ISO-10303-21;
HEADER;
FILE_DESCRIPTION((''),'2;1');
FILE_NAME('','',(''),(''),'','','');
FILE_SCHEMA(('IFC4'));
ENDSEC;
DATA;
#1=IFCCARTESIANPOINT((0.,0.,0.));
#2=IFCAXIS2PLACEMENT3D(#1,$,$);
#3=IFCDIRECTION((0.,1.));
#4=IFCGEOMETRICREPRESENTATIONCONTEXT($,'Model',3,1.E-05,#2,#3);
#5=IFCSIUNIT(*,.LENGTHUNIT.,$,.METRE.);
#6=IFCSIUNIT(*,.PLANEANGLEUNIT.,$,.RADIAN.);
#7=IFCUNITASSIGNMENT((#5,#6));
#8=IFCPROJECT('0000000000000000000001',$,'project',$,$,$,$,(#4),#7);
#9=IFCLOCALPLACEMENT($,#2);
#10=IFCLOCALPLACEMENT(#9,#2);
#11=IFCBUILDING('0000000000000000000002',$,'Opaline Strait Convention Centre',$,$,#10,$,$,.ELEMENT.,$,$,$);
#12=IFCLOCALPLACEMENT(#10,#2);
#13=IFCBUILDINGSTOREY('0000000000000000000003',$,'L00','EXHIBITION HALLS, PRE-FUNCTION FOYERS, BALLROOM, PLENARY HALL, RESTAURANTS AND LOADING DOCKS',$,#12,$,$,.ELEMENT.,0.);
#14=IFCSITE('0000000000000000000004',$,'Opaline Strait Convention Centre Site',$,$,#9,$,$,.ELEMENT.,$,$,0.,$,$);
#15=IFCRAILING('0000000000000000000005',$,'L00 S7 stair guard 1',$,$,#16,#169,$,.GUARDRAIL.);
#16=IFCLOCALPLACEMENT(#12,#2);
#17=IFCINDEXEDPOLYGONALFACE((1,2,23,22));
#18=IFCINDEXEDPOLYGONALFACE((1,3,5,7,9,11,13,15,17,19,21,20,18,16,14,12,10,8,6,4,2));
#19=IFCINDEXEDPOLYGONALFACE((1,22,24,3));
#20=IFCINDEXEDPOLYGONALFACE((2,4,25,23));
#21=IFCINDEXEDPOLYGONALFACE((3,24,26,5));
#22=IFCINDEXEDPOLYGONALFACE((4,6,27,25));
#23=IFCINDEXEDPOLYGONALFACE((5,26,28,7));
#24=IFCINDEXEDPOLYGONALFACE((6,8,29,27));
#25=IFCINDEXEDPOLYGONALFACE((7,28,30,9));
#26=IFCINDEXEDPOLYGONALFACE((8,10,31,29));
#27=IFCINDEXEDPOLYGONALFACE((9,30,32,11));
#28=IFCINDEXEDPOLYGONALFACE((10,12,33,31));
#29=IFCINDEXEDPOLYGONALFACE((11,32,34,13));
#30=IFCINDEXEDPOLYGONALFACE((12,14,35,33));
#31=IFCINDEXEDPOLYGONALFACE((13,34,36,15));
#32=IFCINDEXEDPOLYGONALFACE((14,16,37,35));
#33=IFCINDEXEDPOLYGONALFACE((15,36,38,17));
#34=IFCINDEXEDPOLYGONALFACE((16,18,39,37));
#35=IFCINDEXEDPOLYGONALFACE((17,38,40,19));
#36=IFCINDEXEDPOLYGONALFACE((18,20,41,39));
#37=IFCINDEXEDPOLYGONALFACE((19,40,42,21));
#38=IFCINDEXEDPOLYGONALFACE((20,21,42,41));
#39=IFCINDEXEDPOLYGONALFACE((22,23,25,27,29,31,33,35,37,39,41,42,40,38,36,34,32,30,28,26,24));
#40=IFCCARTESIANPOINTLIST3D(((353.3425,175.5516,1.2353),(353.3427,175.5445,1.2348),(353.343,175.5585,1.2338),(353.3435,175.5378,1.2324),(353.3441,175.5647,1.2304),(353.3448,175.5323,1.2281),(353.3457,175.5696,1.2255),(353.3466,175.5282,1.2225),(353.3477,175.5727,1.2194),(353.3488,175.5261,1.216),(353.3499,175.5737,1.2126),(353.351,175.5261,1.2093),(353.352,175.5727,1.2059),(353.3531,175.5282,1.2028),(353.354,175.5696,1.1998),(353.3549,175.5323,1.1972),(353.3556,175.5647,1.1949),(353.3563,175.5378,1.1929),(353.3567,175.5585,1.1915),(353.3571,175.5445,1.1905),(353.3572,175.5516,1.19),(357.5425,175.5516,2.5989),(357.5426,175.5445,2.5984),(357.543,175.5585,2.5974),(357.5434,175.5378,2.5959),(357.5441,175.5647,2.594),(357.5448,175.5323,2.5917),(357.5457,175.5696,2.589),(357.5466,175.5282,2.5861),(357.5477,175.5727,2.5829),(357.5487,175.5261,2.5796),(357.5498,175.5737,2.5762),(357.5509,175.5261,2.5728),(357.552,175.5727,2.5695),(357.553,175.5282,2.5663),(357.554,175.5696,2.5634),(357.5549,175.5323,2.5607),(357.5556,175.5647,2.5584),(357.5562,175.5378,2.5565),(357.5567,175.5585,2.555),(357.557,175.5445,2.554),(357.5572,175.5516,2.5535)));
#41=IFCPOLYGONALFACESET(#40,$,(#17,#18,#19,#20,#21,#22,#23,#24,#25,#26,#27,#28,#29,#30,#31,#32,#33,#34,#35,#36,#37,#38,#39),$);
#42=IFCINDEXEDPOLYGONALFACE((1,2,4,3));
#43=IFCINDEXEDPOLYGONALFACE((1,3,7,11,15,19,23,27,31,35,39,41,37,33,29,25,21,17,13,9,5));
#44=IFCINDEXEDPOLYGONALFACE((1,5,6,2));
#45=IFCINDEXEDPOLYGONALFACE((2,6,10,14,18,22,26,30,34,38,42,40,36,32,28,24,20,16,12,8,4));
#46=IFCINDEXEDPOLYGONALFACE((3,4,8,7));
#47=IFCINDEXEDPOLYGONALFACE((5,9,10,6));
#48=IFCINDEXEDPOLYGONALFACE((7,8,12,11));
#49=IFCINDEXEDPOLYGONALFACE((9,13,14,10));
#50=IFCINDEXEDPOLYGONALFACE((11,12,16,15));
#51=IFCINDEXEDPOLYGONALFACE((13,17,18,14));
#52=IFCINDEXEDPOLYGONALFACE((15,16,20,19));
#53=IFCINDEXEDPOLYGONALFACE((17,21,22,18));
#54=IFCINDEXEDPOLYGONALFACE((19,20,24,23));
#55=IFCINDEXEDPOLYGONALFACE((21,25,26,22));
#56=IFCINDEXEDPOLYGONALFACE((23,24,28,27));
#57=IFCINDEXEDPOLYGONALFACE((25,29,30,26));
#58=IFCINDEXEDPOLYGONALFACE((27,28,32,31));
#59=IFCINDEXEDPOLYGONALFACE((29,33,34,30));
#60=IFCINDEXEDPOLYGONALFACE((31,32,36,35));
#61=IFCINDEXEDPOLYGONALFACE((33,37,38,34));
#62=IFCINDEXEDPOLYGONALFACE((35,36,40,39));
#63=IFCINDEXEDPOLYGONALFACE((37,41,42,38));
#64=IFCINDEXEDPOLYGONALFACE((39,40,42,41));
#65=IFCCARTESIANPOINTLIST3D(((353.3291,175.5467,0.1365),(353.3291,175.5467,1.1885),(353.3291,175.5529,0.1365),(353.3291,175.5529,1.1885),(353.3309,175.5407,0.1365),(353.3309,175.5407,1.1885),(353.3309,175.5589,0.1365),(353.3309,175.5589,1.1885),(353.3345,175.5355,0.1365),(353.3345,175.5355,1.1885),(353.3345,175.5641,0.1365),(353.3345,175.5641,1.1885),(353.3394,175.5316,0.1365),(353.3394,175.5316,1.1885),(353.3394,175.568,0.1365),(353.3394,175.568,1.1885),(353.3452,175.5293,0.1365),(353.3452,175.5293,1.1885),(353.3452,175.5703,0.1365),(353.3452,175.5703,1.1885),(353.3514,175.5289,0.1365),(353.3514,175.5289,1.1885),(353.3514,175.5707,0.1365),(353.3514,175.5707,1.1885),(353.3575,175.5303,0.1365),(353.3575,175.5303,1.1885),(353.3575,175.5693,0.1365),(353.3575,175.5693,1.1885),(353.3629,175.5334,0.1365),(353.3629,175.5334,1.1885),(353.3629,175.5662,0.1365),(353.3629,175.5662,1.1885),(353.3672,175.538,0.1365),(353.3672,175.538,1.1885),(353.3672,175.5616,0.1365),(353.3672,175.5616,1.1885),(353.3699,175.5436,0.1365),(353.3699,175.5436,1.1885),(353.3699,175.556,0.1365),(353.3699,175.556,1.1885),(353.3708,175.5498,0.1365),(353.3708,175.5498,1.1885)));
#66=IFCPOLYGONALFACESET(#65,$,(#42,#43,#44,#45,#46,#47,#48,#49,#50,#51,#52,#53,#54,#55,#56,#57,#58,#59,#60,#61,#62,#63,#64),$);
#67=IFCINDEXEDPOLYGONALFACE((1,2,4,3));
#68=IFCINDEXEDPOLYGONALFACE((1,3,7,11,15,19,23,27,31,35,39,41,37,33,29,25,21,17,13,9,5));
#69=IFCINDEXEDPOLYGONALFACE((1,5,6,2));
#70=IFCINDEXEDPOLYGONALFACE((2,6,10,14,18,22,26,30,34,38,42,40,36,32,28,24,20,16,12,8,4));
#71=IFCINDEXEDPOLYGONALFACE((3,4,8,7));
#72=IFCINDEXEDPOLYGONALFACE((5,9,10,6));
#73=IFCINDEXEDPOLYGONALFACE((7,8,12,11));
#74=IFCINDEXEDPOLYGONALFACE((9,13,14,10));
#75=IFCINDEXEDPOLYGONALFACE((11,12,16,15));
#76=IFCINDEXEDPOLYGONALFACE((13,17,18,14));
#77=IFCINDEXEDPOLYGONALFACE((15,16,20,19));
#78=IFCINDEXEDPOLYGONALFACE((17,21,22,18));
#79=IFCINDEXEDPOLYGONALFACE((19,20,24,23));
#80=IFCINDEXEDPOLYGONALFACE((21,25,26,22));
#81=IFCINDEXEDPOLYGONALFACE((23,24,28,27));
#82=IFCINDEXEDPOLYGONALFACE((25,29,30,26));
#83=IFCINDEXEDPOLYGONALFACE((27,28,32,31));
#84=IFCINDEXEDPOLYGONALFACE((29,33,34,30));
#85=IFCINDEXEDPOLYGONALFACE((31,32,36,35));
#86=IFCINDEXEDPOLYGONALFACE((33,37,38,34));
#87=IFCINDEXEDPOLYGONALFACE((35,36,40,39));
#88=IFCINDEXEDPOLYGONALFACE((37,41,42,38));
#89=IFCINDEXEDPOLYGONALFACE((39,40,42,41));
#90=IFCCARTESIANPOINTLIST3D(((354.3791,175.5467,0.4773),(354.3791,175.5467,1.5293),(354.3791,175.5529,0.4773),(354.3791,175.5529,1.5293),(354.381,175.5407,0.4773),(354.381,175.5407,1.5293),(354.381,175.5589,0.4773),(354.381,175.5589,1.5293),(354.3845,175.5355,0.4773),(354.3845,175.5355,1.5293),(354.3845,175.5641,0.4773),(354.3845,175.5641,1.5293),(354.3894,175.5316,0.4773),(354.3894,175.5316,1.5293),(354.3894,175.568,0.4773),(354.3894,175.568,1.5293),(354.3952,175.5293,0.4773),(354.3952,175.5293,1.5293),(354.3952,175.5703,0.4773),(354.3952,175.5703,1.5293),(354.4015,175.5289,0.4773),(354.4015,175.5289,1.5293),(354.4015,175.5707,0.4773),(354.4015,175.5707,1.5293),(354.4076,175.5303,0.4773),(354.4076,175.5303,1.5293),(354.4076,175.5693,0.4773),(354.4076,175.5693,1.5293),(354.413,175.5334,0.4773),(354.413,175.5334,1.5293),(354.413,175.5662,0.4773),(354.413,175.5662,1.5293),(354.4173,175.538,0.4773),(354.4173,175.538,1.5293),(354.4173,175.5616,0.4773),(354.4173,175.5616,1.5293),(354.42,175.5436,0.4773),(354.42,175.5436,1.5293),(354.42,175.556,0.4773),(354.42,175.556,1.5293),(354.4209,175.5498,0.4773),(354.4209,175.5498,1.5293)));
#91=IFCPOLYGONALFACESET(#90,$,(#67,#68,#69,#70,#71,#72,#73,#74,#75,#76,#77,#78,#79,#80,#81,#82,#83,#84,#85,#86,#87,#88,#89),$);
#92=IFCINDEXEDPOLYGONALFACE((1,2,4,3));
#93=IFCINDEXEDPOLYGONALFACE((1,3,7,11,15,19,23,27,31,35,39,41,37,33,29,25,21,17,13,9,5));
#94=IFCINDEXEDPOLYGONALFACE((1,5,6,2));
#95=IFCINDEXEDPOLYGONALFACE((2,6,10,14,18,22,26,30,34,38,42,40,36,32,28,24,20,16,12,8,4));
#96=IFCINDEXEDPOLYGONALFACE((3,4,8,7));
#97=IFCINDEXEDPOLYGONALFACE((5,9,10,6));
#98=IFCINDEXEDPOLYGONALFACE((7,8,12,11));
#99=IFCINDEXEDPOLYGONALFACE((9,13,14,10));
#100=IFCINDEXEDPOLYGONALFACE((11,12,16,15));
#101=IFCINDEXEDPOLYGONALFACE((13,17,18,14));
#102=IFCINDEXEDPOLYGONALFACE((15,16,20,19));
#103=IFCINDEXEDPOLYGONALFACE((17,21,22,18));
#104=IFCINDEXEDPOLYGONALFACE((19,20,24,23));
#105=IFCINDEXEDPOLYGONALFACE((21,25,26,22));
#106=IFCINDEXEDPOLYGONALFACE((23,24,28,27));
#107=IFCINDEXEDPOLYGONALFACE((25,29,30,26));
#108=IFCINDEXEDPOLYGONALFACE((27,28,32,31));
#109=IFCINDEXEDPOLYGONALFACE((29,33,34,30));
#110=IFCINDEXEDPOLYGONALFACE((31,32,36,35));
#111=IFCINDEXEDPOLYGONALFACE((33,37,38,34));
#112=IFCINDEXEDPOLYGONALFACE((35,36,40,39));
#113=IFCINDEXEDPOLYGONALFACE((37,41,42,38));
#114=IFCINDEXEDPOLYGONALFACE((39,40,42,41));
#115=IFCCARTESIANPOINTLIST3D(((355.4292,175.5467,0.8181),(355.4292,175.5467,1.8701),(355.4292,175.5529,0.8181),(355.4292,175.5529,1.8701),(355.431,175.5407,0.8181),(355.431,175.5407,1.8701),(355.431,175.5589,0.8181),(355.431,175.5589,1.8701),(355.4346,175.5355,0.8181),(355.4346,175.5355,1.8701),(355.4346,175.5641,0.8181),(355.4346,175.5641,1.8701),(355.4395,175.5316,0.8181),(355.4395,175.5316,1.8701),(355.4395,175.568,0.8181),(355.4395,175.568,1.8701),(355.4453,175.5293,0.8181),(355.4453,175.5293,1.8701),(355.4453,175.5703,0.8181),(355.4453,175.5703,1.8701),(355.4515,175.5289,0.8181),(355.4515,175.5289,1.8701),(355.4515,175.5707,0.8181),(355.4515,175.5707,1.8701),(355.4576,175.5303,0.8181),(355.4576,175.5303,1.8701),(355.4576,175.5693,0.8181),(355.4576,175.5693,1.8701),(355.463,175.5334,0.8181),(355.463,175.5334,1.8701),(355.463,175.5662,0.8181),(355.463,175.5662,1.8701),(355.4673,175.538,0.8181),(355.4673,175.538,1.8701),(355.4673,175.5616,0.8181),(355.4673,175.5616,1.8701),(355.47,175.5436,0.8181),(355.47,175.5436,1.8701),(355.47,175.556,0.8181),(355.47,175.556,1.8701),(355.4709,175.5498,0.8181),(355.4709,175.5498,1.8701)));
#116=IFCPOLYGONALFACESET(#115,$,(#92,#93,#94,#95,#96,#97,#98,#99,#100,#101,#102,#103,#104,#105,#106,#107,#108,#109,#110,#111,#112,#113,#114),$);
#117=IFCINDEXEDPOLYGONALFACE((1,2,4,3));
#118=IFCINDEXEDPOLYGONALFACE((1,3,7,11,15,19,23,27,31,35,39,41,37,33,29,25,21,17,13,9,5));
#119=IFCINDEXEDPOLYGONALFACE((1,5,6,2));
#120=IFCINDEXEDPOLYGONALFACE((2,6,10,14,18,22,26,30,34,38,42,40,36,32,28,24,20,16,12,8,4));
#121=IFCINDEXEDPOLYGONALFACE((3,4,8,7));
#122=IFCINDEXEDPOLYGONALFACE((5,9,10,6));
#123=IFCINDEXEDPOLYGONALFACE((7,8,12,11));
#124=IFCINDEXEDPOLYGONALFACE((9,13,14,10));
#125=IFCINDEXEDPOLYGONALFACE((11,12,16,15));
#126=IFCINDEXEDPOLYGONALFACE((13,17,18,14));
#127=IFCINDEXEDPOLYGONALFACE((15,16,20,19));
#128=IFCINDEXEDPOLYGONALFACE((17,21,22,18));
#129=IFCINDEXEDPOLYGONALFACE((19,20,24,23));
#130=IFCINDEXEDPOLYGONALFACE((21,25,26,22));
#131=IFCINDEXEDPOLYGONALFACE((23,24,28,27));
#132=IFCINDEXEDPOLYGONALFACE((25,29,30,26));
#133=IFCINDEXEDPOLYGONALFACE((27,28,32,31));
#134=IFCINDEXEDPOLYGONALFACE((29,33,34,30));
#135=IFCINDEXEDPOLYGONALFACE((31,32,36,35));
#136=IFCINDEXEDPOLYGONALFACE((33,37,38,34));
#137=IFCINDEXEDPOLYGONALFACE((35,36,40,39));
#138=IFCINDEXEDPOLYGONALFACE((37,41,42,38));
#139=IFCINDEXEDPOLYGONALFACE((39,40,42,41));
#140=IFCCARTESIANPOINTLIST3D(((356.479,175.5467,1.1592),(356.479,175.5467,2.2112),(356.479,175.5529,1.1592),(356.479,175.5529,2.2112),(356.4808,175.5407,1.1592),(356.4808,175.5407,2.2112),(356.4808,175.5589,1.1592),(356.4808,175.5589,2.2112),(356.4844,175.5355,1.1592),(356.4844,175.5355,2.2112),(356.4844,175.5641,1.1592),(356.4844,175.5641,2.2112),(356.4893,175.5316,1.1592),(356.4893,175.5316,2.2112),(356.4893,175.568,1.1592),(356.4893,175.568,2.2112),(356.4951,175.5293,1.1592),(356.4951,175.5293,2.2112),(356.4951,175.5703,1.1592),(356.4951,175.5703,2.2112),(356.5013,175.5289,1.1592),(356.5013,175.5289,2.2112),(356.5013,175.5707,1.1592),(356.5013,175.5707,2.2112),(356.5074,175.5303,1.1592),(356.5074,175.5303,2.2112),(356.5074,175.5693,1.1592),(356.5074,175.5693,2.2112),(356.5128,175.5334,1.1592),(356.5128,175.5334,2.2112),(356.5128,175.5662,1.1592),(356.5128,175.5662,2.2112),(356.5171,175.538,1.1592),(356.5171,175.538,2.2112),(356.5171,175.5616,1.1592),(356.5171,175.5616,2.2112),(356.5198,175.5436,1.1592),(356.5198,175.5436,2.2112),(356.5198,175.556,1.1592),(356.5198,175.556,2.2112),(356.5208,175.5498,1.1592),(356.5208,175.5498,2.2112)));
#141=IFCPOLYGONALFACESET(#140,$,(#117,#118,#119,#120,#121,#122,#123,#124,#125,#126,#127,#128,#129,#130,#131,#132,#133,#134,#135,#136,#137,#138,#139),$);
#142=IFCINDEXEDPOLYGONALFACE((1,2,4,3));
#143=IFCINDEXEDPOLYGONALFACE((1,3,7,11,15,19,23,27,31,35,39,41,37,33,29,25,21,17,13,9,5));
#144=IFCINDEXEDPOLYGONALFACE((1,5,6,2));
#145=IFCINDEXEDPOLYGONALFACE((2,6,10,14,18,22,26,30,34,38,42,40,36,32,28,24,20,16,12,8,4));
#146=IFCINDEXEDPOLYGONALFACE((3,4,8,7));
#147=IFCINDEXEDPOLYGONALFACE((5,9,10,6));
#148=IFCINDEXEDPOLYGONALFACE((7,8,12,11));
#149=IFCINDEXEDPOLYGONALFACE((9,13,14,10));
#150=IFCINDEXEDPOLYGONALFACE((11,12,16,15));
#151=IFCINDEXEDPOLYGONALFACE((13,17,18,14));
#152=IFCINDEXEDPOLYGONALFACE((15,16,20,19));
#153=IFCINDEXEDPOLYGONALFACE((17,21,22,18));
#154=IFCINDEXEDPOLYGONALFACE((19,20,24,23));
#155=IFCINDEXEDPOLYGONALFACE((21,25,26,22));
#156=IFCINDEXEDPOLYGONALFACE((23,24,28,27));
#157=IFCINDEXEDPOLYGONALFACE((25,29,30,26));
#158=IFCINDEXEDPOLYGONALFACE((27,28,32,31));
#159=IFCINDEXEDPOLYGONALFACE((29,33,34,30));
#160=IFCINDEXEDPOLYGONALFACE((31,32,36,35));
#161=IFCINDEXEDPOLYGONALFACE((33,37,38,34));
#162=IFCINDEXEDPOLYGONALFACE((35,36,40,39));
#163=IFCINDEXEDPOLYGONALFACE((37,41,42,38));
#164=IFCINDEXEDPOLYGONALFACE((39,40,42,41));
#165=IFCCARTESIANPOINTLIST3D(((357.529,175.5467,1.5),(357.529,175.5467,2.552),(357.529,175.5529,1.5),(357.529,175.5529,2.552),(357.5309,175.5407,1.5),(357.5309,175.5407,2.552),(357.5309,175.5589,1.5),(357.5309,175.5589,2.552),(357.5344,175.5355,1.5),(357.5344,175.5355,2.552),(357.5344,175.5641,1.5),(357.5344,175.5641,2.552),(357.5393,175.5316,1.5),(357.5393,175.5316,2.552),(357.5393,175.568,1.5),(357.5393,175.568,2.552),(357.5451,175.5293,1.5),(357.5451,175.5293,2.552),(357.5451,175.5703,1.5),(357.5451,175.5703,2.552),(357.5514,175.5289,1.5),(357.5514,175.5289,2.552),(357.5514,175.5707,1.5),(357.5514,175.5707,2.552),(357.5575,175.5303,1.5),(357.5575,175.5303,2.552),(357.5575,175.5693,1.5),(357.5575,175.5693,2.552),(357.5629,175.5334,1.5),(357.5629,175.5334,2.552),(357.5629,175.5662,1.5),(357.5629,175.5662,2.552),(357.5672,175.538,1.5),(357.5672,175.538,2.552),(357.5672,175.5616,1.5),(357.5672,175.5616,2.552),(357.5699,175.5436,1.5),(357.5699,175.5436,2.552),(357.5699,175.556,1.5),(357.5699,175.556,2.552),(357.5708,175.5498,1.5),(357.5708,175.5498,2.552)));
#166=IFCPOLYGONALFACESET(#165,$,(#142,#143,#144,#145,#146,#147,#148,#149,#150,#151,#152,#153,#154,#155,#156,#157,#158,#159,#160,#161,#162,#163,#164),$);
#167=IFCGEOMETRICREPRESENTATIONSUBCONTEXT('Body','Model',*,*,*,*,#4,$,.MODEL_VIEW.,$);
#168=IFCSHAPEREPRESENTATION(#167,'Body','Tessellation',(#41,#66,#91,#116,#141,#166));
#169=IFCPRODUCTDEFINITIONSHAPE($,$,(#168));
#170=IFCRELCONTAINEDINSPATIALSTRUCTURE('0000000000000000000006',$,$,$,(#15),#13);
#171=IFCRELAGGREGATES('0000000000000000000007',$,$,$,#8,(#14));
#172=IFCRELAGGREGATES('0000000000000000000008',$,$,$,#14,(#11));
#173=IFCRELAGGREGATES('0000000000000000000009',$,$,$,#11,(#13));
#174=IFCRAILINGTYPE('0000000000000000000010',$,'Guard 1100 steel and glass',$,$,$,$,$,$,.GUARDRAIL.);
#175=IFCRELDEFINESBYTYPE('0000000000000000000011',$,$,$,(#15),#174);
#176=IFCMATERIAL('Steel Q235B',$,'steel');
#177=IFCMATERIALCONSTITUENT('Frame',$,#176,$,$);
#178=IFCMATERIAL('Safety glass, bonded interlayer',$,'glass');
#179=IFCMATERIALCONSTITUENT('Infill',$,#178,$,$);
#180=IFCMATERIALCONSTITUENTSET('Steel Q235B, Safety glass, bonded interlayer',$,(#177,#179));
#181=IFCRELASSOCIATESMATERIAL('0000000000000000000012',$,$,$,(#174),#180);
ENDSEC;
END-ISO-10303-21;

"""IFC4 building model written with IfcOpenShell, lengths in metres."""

from ifc_helpers import new_model, si_unit, direction, frame, origin, origin_2d, place, context, subcontext, project, spatial, circle, extrude, material, constituent, constituent_set, type_object, element, save


model = new_model("IFC4")

# Units and contexts
model_context = context("Model", 3, precision=1e-05, world=origin(), true_north=direction((0.0, 1.0)))
body_context = subcontext(model_context, "Body", "Model", "MODEL_VIEW")
ifc_project = project(units=[si_unit("LENGTHUNIT", "METRE"), si_unit("PLANEANGLEUNIT", "RADIAN")], contexts=[model_context])

# Site, building, storey
site_placement = place(None, origin())
site = spatial("IfcSite", under=ifc_project, at=site_placement, Name="Opaline Strait Convention Centre Site", CompositionType="ELEMENT", RefElevation=0.0)
building_placement = place(site_placement, origin())
building = spatial("IfcBuilding", under=site, at=building_placement, Name="Opaline Strait Convention Centre", CompositionType="ELEMENT")
storey_placement = place(building_placement, origin())
storey = spatial("IfcBuildingStorey", under=building, at=storey_placement, Name="L00", Description="EXHIBITION HALLS, PRE-FUNCTION FOYERS, BALLROOM, PLENARY HALL, RESTAURANTS AND LOADING DOCKS", CompositionType="ELEMENT", Elevation=0.0)

# Shared definitions
ifc_material_1 = material(Name="Steel Q235B", Category="steel")

# Railing
ifc_constituent_1 = constituent(ifc_material_1, Name="Frame")
ifc_material_2 = material(Name="Safety glass, bonded interlayer", Category="glass")
ifc_constituent_2 = constituent(ifc_material_2, Name="Infill")
ifc_constituent_set = constituent_set(constituents=[ifc_constituent_1, ifc_constituent_2], Name="Steel Q235B, Safety glass, bonded interlayer")
railing_type_1 = type_object("IfcRailingType", Name="Guard 1100 steel and glass", PredefinedType="GUARDRAIL", material=ifc_constituent_set)
railing_1_placement = place(storey_placement, frame((353.3499, 175.5498, 0.1365)))
element("IfcRailing", 1, at=railing_1_placement, inside=storey, type_object=railing_type_1, Name="L00 S7 stair guard 1", PredefinedType="GUARDRAIL", context=body_context, shape_type="SweptSolid", body=[
    extrude(circle(Radius=0.0239, at=origin_2d()), frame((0.0, 0.0, 1.0762), z_axis=(0.951131, 0.0, 0.308787), x_axis=(0.0, 1.0, 0.0)), (0.0, 0.0, 1.0), 4.4158),
    extrude(circle(Radius=0.021, at=origin_2d()), origin(), (0.0, 0.0, 1.0), 1.052),
    extrude(circle(Radius=0.021, at=origin_2d()), frame((1.05, 0.0, 0.3408)), (0.0, 0.0, 1.0), 1.052),
    extrude(circle(Radius=0.021, at=origin_2d()), frame((2.1001, 0.0, 0.6816)), (0.0, 0.0, 1.0), 1.052),
    extrude(circle(Radius=0.021, at=origin_2d()), frame((3.1499, 0.0, 1.0227)), (0.0, 0.0, 1.0), 1.052),
    extrude(circle(Radius=0.021, at=origin_2d()), frame((4.2, 0.0, 1.3635)), (0.0, 0.0, 1.0), 1.052),
])

save(model, "model.ifc")
